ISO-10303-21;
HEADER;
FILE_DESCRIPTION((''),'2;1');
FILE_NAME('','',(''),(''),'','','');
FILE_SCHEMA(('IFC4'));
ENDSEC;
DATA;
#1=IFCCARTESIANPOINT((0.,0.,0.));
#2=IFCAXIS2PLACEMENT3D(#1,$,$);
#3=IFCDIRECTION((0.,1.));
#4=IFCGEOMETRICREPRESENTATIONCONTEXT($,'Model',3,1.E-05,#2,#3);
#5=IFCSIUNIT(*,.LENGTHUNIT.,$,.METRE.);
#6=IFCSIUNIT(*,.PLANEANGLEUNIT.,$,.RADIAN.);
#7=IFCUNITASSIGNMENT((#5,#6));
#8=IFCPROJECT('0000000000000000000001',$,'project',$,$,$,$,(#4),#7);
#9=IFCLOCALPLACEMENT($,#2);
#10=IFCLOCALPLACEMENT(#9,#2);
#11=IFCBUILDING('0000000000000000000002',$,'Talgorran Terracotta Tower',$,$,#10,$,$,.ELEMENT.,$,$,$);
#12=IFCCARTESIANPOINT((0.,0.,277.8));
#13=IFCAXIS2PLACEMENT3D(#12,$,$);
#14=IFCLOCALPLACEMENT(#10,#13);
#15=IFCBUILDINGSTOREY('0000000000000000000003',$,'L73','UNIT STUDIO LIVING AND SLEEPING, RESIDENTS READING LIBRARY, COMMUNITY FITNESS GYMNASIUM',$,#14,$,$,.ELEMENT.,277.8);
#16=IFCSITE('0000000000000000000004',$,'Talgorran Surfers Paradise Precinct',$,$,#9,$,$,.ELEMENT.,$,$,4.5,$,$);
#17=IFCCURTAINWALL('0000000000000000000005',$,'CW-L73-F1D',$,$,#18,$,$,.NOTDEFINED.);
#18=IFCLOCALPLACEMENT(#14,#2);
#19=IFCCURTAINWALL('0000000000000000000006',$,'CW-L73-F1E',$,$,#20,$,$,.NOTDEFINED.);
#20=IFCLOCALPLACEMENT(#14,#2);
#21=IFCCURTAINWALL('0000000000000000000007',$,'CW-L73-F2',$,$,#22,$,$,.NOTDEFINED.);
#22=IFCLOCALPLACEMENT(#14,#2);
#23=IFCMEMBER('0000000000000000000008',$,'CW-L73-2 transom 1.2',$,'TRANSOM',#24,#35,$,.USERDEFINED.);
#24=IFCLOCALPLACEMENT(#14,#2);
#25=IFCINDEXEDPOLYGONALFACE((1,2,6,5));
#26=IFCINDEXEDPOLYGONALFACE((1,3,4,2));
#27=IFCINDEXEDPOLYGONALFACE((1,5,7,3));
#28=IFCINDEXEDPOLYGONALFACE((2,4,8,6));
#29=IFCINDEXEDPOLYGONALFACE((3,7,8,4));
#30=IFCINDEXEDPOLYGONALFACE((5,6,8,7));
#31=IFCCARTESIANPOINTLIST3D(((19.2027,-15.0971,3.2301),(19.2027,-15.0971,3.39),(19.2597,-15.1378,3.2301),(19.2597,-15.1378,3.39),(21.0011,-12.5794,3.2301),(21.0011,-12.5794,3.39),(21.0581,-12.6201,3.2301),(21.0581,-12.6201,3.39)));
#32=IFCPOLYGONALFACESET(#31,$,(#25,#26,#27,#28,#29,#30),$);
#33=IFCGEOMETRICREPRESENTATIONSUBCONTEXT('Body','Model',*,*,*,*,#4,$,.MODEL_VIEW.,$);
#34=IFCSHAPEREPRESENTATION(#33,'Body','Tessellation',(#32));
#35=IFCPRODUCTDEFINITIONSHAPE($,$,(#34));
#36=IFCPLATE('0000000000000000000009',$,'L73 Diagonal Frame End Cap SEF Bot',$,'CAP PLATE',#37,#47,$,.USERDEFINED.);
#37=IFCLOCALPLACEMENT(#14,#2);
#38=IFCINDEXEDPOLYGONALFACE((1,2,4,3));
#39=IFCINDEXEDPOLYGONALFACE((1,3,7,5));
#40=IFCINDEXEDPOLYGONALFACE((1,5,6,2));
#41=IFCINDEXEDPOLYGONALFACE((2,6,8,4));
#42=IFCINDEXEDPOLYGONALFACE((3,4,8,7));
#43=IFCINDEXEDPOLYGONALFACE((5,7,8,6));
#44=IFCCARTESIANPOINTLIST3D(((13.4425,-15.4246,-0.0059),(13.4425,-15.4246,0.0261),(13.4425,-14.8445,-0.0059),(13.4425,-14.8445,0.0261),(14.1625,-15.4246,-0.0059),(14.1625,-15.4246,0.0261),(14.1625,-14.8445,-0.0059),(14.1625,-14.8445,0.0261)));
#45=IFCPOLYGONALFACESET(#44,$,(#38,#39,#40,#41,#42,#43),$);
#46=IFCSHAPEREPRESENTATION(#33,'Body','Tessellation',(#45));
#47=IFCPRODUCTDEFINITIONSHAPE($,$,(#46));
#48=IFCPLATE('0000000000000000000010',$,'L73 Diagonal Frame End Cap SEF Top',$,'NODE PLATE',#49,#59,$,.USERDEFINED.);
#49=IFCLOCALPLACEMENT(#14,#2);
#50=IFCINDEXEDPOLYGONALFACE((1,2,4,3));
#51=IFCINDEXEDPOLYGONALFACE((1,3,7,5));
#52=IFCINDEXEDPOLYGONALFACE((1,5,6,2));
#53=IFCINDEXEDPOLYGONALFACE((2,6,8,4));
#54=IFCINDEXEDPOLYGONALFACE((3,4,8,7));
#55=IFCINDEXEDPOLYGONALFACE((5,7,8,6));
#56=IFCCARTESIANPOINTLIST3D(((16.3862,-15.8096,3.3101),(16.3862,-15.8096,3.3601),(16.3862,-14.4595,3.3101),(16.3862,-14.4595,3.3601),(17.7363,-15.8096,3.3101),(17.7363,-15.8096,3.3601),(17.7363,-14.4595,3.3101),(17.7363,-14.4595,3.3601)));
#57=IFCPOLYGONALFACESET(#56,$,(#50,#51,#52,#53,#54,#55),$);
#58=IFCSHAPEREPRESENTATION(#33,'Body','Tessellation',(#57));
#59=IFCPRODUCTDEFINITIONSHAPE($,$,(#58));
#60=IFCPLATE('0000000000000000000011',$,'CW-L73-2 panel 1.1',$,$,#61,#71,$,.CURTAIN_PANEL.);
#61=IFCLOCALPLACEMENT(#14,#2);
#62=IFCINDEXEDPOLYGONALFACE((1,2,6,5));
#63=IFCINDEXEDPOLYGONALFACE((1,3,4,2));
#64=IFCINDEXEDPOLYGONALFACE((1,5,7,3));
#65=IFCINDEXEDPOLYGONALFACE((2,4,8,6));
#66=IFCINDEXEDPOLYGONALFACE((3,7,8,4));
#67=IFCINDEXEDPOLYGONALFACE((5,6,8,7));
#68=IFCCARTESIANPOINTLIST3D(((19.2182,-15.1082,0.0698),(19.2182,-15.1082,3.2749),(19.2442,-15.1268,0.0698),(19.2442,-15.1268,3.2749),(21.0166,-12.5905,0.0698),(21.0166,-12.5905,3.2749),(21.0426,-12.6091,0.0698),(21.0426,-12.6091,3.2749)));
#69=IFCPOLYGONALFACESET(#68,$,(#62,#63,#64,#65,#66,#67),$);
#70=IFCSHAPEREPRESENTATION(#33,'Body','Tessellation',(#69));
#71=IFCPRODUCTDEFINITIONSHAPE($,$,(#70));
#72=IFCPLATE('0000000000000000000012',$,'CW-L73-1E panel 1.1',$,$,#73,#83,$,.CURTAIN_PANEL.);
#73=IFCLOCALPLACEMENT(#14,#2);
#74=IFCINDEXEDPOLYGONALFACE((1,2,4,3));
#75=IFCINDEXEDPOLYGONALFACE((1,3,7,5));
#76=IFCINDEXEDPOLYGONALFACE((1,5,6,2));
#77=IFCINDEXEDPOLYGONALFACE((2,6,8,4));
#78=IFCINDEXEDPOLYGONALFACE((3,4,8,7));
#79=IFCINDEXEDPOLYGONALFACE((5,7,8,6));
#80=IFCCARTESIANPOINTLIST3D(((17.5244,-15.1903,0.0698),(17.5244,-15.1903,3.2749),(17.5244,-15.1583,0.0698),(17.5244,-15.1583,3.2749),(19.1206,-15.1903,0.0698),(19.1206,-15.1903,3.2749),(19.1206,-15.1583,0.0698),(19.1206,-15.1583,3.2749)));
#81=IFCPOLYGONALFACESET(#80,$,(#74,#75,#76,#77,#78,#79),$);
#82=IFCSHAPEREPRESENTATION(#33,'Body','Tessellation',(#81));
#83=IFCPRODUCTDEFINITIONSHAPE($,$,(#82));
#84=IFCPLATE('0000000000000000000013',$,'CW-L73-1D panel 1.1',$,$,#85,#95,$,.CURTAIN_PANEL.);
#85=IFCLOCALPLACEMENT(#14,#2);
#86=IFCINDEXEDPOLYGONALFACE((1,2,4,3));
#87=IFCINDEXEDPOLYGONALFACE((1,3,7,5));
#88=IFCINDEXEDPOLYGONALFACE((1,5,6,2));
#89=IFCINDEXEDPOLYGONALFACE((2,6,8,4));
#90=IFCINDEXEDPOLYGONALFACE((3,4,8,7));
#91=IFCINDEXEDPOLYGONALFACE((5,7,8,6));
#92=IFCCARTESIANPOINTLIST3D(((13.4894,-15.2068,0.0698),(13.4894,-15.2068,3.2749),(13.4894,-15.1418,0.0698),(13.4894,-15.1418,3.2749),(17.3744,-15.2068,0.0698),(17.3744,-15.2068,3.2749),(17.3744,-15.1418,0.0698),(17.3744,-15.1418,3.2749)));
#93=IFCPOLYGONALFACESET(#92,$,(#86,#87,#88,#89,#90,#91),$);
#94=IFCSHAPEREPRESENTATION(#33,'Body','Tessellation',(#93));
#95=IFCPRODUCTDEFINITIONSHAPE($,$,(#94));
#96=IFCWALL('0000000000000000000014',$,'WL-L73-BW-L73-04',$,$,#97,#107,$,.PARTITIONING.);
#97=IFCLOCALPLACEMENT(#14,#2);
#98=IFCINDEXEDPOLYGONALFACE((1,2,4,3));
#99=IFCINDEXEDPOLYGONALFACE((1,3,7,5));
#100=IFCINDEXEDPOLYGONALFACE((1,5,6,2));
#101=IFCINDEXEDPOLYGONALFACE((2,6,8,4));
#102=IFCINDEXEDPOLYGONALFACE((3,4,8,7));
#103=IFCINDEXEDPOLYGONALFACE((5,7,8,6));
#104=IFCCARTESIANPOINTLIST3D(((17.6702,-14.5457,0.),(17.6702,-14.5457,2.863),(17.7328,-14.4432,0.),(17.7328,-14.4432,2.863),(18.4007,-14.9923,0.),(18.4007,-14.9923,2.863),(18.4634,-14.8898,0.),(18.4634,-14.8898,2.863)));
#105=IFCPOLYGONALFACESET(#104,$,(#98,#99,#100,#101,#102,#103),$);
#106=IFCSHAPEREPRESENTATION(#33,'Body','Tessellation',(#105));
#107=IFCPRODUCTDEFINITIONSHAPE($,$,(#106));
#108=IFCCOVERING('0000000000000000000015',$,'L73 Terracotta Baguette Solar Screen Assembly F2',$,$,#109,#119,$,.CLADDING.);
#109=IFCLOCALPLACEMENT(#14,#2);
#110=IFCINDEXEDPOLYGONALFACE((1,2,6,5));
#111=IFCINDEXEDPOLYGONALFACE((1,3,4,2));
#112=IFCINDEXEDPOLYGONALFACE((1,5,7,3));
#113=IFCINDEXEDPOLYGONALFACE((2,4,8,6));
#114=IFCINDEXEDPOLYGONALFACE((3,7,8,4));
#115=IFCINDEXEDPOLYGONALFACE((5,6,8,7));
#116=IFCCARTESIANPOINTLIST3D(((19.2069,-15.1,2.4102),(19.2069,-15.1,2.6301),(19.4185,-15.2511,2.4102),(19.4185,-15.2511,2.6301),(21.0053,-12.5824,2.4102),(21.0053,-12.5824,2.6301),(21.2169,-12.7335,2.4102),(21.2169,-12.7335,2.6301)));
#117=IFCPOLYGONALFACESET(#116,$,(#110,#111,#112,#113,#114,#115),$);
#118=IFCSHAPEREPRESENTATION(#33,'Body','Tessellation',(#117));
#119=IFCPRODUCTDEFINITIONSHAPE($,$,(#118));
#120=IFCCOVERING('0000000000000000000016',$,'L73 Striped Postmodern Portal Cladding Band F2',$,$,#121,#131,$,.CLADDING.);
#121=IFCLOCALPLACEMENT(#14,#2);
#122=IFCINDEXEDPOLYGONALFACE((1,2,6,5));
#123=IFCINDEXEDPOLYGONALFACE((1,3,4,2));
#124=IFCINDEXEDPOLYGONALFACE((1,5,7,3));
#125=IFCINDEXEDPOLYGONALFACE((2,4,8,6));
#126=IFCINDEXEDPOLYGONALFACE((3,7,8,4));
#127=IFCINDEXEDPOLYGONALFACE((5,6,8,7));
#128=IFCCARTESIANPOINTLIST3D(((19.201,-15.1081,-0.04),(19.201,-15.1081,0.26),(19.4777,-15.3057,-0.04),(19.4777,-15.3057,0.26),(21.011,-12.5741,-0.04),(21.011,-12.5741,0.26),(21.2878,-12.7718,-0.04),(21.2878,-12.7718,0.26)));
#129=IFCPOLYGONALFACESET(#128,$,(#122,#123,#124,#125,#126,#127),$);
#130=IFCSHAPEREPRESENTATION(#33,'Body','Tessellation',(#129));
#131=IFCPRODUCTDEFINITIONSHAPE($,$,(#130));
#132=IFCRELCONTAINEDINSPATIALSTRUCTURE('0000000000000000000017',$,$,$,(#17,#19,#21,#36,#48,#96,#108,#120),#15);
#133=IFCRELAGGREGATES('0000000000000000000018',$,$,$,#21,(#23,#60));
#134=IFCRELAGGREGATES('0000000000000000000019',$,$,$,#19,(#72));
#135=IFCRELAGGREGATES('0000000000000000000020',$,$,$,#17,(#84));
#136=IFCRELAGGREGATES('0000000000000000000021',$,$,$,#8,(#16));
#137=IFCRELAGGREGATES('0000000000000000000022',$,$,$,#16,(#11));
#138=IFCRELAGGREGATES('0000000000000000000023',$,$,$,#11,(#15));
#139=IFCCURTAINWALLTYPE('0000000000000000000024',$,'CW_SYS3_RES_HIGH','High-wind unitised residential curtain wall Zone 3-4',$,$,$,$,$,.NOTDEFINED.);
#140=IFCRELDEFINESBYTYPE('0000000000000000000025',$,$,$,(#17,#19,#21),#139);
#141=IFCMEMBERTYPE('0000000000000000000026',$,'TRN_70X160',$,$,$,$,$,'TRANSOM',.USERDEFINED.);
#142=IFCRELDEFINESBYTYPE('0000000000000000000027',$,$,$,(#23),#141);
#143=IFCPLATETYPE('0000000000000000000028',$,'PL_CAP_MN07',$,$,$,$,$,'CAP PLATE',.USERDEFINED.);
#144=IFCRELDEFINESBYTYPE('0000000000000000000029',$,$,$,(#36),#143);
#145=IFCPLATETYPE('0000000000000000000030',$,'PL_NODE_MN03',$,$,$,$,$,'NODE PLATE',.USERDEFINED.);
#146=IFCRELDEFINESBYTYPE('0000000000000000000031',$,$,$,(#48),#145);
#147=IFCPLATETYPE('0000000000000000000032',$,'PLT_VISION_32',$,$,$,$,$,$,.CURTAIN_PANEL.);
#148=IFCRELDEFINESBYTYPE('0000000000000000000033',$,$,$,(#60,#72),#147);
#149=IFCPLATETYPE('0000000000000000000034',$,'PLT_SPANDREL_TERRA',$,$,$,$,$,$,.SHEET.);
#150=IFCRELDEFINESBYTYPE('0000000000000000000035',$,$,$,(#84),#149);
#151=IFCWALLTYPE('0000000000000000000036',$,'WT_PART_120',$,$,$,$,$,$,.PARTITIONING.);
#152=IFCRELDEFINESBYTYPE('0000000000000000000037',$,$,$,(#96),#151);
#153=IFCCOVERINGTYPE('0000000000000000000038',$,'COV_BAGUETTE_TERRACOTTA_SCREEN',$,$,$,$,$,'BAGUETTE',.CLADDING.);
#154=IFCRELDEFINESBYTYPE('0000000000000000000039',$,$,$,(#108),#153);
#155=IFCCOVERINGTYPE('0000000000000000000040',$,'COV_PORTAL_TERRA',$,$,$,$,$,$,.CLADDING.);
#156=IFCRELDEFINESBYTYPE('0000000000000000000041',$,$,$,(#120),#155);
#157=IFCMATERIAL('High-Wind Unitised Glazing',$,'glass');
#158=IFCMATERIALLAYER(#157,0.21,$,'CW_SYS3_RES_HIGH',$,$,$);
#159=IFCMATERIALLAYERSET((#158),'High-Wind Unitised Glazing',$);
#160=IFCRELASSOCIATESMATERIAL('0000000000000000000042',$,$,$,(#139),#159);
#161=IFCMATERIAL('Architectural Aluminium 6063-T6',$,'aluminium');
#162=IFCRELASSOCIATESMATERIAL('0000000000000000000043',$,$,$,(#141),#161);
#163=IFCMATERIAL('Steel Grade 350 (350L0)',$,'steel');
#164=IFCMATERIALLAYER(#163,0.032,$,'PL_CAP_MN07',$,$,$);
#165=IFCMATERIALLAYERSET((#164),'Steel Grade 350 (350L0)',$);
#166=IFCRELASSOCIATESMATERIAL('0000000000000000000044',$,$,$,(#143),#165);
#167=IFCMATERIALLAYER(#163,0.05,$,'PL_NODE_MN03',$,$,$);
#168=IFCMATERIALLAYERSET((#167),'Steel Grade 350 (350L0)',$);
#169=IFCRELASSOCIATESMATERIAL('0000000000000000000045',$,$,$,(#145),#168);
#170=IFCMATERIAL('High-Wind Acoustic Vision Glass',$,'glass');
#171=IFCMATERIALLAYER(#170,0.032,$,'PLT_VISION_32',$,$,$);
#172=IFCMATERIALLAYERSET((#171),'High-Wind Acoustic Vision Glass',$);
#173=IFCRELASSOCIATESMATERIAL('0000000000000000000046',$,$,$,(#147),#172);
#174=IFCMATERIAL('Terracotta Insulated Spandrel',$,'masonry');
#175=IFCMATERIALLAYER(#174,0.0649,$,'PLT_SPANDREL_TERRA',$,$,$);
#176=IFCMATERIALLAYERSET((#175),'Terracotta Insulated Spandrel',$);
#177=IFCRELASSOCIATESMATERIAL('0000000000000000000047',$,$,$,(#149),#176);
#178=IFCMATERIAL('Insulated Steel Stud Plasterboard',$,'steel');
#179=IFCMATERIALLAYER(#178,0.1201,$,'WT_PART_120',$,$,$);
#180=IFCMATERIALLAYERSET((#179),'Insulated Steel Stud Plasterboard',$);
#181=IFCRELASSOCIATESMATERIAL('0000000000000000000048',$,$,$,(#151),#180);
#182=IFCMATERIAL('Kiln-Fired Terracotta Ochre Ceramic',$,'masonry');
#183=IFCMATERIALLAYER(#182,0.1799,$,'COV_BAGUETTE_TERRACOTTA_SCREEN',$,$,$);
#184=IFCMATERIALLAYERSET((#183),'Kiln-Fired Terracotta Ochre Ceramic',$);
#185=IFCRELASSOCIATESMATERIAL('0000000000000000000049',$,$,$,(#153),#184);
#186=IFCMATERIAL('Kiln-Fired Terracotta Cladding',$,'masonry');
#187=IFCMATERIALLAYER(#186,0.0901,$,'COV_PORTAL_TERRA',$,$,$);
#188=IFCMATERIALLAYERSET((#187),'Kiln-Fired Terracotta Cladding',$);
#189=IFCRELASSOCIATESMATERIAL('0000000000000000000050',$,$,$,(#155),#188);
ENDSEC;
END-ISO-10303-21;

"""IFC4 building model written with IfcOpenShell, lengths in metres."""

from ifc_helpers import new_model, si_unit, direction, frame, frame_2d, origin, origin_2d, place, context, subcontext, project, spatial, rectangle, extrude, source, transform, mapped, material, layer, layer_set, material_profile, profile_set, type_object, type_shapes, element, aggregate, save


model = new_model("IFC4")

# Units and contexts
model_context = context("Model", 3, precision=1e-05, world=origin(), true_north=direction((0.0, 1.0)))
body_context = subcontext(model_context, "Body", "Model", "MODEL_VIEW")
ifc_project = project(units=[si_unit("LENGTHUNIT", "METRE"), si_unit("PLANEANGLEUNIT", "RADIAN")], contexts=[model_context])

# Site, building, storey
site_placement = place(None, origin())
site = spatial("IfcSite", under=ifc_project, at=site_placement, Name="Talgorran Surfers Paradise Precinct", CompositionType="ELEMENT", RefElevation=4.5)
building_placement = place(site_placement, origin())
building = spatial("IfcBuilding", under=site, at=building_placement, Name="Talgorran Terracotta Tower", CompositionType="ELEMENT")
storey_placement = place(building_placement, frame((0.0, 0.0, 277.8)))
storey = spatial("IfcBuildingStorey", under=building, at=storey_placement, Name="L73", Description="UNIT STUDIO LIVING AND SLEEPING, RESIDENTS READING LIBRARY, COMMUNITY FITNESS GYMNASIUM", CompositionType="ELEMENT", Elevation=277.8)

# Shared definitions
ifc_material_1 = material(Name="Steel Grade 350 (350L0)", Category="steel")

# Curtain wall
ifc_material_2 = material(Name="High-Wind Unitised Glazing", Category="glass")
ifc_layer_1 = layer(ifc_material_2, 0.21, Name="CW_SYS3_RES_HIGH")
ifc_layer_set_1 = layer_set([ifc_layer_1], Name="High-Wind Unitised Glazing")
curtain_wall_type = type_object("IfcCurtainWallType", Name="CW_SYS3_RES_HIGH", Description="High-wind unitised residential curtain wall Zone 3-4", PredefinedType="NOTDEFINED", material=ifc_layer_set_1)
curtain_wall_1_placement = place(storey_placement, origin())
curtain_wall_1 = element("IfcCurtainWall", 1, at=curtain_wall_1_placement, inside=storey, type_object=curtain_wall_type, Name="CW-L73-F1D", PredefinedType="NOTDEFINED")
ifc_material_3 = material(Name="Architectural Aluminium 6063-T6", Category="aluminium")

# Curtain walls
curtain_wall_2_placement = place(storey_placement, origin())
curtain_wall_2 = element("IfcCurtainWall", 2, at=curtain_wall_2_placement, inside=storey, type_object=curtain_wall_type, Name="CW-L73-F1E", PredefinedType="NOTDEFINED")
curtain_wall_3_placement = place(storey_placement, origin())
curtain_wall_3 = element("IfcCurtainWall", 3, at=curtain_wall_3_placement, inside=storey, type_object=curtain_wall_type, Name="CW-L73-F2", PredefinedType="NOTDEFINED")

# Member
ifc_material_profile_1 = material_profile(ifc_material_3, rectangle(XDim=0.0701, YDim=0.1599, at=origin_2d()), Name="CWT70X160")
ifc_profile_set_1 = profile_set([ifc_material_profile_1], Name="Architectural Aluminium 6063-T6")
member_type_1 = type_object("IfcMemberType", Name="TRN_70X160", ElementType="TRANSOM", PredefinedType="USERDEFINED", material=ifc_profile_set_1)
member_1_placement = place(storey_placement, frame((19.2312, -15.1174, 3.3101), z_axis=(0.581253, 0.813723, 0.0), x_axis=(-0.813723, 0.581253, 0.0)))
member_1 = element("IfcMember", 4, at=member_1_placement, type_object=member_type_1, Name="CW-L73-2 transom 1.2", ObjectType="TRANSOM", PredefinedType="USERDEFINED", context=body_context, shape_type="SweptSolid", body=[
    extrude(rectangle(XDim=0.0701, YDim=0.1599, at=origin_2d()), origin(), (0.0, 0.0, 1.0), 3.094),
])

# Plates
ifc_layer_2 = layer(ifc_material_1, 0.032, Name="PL_CAP_MN07")
ifc_layer_set_2 = layer_set([ifc_layer_2], Name="Steel Grade 350 (350L0)")
plate_type_1 = type_object("IfcPlateType", Name="PL_CAP_MN07", ElementType="CAP PLATE", PredefinedType="USERDEFINED", material=ifc_layer_set_2)
plate_1_placement = place(storey_placement, frame((13.8025, -15.1345, -0.0059), z_axis=(0.0, 0.0, 1.0), x_axis=(1.0, 0.0, 0.0)))
element("IfcPlate", 5, at=plate_1_placement, inside=storey, type_object=plate_type_1, Name="L73 Diagonal Frame End Cap SEF Bot", ObjectType="CAP PLATE", PredefinedType="USERDEFINED", context=body_context, shape_type="SweptSolid", body=[
    extrude(rectangle(XDim=0.72, YDim=0.5801, at=origin_2d()), origin(), (0.0, 0.0, 1.0), 0.032),
])
ifc_layer_3 = layer(ifc_material_1, 0.05, Name="PL_NODE_MN03")
ifc_layer_set_3 = layer_set([ifc_layer_3], Name="Steel Grade 350 (350L0)")
plate_type_2 = type_object("IfcPlateType", Name="PL_NODE_MN03", ElementType="NODE PLATE", PredefinedType="USERDEFINED", material=ifc_layer_set_3)
plate_2_placement = place(storey_placement, frame((17.0613, -15.1345, 3.3101), z_axis=(0.0, 0.0, 1.0), x_axis=(1.0, 0.0, 0.0)))
element("IfcPlate", 6, at=plate_2_placement, inside=storey, type_object=plate_type_2, Name="L73 Diagonal Frame End Cap SEF Top", ObjectType="NODE PLATE", PredefinedType="USERDEFINED", context=body_context, shape_type="SweptSolid", body=[
    extrude(rectangle(XDim=1.3501, YDim=1.3501, at=origin_2d()), origin(), (0.0, 0.0, 1.0), 0.05),
])

# Plates
ifc_material_4 = material(Name="High-Wind Acoustic Vision Glass", Category="glass")
ifc_layer_4 = layer(ifc_material_4, 0.032, Name="PLT_VISION_32")
ifc_layer_set_4 = layer_set([ifc_layer_4], Name="High-Wind Acoustic Vision Glass")
plate_type_3 = type_object("IfcPlateType", Name="PLT_VISION_32", PredefinedType="CURTAIN_PANEL", material=ifc_layer_set_4)
shared_shape_1 = source(origin(), body_context, "Body", "SweptSolid", [
    extrude(rectangle(XDim=3.094, YDim=0.032, at=origin_2d()), origin(), (0.0, 0.0, 1.0), 3.2051),
])
plate_3_placement = place(storey_placement, frame((20.1304, -13.8586, 0.0698), z_axis=(0.0, 0.0, 1.0), x_axis=(0.581256, 0.813721, 0.0)))
plate_3 = element("IfcPlate", 7, at=plate_3_placement, type_object=plate_type_3, Name="CW-L73-2 panel 1.1", PredefinedType="CURTAIN_PANEL", context=body_context, shape_type="MappedRepresentation", body=[
    mapped(shared_shape_1, transform((0.0, 0.0, 0.0), scale=1.0)),
])
aggregate(curtain_wall_3, [member_1, plate_3])
shared_shape_2 = source(origin(), body_context, "Body", "SweptSolid", [
    extrude(rectangle(XDim=1.5962, YDim=0.032, at=origin_2d()), origin(), (0.0, 0.0, 1.0), 3.2051),
])
type_shapes(plate_type_3, [shared_shape_1, shared_shape_2])
plate_4_placement = place(storey_placement, frame((18.3225, -15.1743, 0.0698), z_axis=(0.0, 0.0, 1.0), x_axis=(1.0, 0.0, 0.0)))
plate_4 = element("IfcPlate", 8, at=plate_4_placement, type_object=plate_type_3, Name="CW-L73-1E panel 1.1", PredefinedType="CURTAIN_PANEL", context=body_context, shape_type="MappedRepresentation", body=[
    mapped(shared_shape_2, transform((0.0, 0.0, 0.0), scale=1.0)),
])
aggregate(curtain_wall_2, [plate_4])
ifc_material_5 = material(Name="Terracotta Insulated Spandrel", Category="masonry")
ifc_layer_5 = layer(ifc_material_5, 0.0649, Name="PLT_SPANDREL_TERRA")
ifc_layer_set_5 = layer_set([ifc_layer_5], Name="Terracotta Insulated Spandrel")
plate_type_4 = type_object("IfcPlateType", Name="PLT_SPANDREL_TERRA", PredefinedType="SHEET", material=ifc_layer_set_5)
shared_shape_3 = source(origin(), body_context, "Body", "SweptSolid", [
    extrude(rectangle(XDim=3.885, YDim=0.0649, at=origin_2d()), origin(), (0.0, 0.0, 1.0), 3.2051),
])
type_shapes(plate_type_4, [shared_shape_3])
plate_5_placement = place(storey_placement, frame((15.4319, -15.1743, 0.0698), z_axis=(0.0, 0.0, 1.0), x_axis=(1.0, 0.0, 0.0)))
plate_5 = element("IfcPlate", 9, at=plate_5_placement, type_object=plate_type_4, Name="CW-L73-1D panel 1.1", PredefinedType="CURTAIN_PANEL", context=body_context, shape_type="MappedRepresentation", body=[
    mapped(shared_shape_3, transform((0.0, 0.0, 0.0), scale=1.0)),
])
aggregate(curtain_wall_1, [plate_5])

# Wall
ifc_material_6 = material(Name="Insulated Steel Stud Plasterboard", Category="steel")
ifc_layer_6 = layer(ifc_material_6, 0.1201, Name="WT_PART_120")
ifc_layer_set_6 = layer_set([ifc_layer_6], Name="Insulated Steel Stud Plasterboard")
wall_type = type_object("IfcWallType", Name="WT_PART_120", PredefinedType="PARTITIONING", material=ifc_layer_set_6)
wall_placement = place(storey_placement, frame((17.7014, -14.4944, 0.0), z_axis=(0.0, 0.0, 1.0), x_axis=(0.853211, -0.521565, 0.0)))
element("IfcWall", 10, at=wall_placement, inside=storey, type_object=wall_type, Name="WL-L73-BW-L73-04", PredefinedType="PARTITIONING", context=body_context, shape_type="SweptSolid", body=[
    extrude(rectangle(XDim=0.8562, YDim=0.1201, at=frame_2d((0.4282, 0.0))), origin(), (0.0, 0.0, 1.0), 2.863),
])

# Coverings
ifc_material_7 = material(Name="Kiln-Fired Terracotta Ochre Ceramic", Category="masonry")
ifc_layer_7 = layer(ifc_material_7, 0.1799, Name="COV_BAGUETTE_TERRACOTTA_SCREEN")
ifc_layer_set_7 = layer_set([ifc_layer_7], Name="Kiln-Fired Terracotta Ochre Ceramic")
covering_type_1 = type_object("IfcCoveringType", Name="COV_BAGUETTE_TERRACOTTA_SCREEN", ElementType="BAGUETTE", PredefinedType="CLADDING", material=ifc_layer_set_7)
covering_1_placement = place(storey_placement, frame((20.2119, -13.9167, 2.4102), z_axis=(0.0, 0.0, 1.0), x_axis=(0.581257, 0.81372, 0.0)))
element("IfcCovering", 11, at=covering_1_placement, inside=storey, type_object=covering_type_1, Name="L73 Terracotta Baguette Solar Screen Assembly F2", PredefinedType="CLADDING", context=body_context, shape_type="SweptSolid", body=[
    extrude(rectangle(XDim=3.094, YDim=0.26, at=origin_2d()), origin(), (0.0, 0.0, 1.0), 0.22),
])
ifc_material_8 = material(Name="Kiln-Fired Terracotta Cladding", Category="masonry")
ifc_layer_8 = layer(ifc_material_8, 0.0901, Name="COV_PORTAL_TERRA")
ifc_layer_set_8 = layer_set([ifc_layer_8], Name="Kiln-Fired Terracotta Cladding")
covering_type_2 = type_object("IfcCoveringType", Name="COV_PORTAL_TERRA", PredefinedType="CLADDING", material=ifc_layer_set_8)
covering_2_placement = place(storey_placement, frame((20.2444, -13.9399, -0.04), z_axis=(0.0, 0.0, 1.0), x_axis=(0.581257, 0.81372, 0.0)))
element("IfcCovering", 12, at=covering_2_placement, inside=storey, type_object=covering_type_2, Name="L73 Striped Postmodern Portal Cladding Band F2", PredefinedType="CLADDING", context=body_context, shape_type="SweptSolid", body=[
    extrude(rectangle(XDim=3.114, YDim=0.3401, at=origin_2d()), origin(), (0.0, 0.0, 1.0), 0.3),
])

save(model, "model.ifc")
